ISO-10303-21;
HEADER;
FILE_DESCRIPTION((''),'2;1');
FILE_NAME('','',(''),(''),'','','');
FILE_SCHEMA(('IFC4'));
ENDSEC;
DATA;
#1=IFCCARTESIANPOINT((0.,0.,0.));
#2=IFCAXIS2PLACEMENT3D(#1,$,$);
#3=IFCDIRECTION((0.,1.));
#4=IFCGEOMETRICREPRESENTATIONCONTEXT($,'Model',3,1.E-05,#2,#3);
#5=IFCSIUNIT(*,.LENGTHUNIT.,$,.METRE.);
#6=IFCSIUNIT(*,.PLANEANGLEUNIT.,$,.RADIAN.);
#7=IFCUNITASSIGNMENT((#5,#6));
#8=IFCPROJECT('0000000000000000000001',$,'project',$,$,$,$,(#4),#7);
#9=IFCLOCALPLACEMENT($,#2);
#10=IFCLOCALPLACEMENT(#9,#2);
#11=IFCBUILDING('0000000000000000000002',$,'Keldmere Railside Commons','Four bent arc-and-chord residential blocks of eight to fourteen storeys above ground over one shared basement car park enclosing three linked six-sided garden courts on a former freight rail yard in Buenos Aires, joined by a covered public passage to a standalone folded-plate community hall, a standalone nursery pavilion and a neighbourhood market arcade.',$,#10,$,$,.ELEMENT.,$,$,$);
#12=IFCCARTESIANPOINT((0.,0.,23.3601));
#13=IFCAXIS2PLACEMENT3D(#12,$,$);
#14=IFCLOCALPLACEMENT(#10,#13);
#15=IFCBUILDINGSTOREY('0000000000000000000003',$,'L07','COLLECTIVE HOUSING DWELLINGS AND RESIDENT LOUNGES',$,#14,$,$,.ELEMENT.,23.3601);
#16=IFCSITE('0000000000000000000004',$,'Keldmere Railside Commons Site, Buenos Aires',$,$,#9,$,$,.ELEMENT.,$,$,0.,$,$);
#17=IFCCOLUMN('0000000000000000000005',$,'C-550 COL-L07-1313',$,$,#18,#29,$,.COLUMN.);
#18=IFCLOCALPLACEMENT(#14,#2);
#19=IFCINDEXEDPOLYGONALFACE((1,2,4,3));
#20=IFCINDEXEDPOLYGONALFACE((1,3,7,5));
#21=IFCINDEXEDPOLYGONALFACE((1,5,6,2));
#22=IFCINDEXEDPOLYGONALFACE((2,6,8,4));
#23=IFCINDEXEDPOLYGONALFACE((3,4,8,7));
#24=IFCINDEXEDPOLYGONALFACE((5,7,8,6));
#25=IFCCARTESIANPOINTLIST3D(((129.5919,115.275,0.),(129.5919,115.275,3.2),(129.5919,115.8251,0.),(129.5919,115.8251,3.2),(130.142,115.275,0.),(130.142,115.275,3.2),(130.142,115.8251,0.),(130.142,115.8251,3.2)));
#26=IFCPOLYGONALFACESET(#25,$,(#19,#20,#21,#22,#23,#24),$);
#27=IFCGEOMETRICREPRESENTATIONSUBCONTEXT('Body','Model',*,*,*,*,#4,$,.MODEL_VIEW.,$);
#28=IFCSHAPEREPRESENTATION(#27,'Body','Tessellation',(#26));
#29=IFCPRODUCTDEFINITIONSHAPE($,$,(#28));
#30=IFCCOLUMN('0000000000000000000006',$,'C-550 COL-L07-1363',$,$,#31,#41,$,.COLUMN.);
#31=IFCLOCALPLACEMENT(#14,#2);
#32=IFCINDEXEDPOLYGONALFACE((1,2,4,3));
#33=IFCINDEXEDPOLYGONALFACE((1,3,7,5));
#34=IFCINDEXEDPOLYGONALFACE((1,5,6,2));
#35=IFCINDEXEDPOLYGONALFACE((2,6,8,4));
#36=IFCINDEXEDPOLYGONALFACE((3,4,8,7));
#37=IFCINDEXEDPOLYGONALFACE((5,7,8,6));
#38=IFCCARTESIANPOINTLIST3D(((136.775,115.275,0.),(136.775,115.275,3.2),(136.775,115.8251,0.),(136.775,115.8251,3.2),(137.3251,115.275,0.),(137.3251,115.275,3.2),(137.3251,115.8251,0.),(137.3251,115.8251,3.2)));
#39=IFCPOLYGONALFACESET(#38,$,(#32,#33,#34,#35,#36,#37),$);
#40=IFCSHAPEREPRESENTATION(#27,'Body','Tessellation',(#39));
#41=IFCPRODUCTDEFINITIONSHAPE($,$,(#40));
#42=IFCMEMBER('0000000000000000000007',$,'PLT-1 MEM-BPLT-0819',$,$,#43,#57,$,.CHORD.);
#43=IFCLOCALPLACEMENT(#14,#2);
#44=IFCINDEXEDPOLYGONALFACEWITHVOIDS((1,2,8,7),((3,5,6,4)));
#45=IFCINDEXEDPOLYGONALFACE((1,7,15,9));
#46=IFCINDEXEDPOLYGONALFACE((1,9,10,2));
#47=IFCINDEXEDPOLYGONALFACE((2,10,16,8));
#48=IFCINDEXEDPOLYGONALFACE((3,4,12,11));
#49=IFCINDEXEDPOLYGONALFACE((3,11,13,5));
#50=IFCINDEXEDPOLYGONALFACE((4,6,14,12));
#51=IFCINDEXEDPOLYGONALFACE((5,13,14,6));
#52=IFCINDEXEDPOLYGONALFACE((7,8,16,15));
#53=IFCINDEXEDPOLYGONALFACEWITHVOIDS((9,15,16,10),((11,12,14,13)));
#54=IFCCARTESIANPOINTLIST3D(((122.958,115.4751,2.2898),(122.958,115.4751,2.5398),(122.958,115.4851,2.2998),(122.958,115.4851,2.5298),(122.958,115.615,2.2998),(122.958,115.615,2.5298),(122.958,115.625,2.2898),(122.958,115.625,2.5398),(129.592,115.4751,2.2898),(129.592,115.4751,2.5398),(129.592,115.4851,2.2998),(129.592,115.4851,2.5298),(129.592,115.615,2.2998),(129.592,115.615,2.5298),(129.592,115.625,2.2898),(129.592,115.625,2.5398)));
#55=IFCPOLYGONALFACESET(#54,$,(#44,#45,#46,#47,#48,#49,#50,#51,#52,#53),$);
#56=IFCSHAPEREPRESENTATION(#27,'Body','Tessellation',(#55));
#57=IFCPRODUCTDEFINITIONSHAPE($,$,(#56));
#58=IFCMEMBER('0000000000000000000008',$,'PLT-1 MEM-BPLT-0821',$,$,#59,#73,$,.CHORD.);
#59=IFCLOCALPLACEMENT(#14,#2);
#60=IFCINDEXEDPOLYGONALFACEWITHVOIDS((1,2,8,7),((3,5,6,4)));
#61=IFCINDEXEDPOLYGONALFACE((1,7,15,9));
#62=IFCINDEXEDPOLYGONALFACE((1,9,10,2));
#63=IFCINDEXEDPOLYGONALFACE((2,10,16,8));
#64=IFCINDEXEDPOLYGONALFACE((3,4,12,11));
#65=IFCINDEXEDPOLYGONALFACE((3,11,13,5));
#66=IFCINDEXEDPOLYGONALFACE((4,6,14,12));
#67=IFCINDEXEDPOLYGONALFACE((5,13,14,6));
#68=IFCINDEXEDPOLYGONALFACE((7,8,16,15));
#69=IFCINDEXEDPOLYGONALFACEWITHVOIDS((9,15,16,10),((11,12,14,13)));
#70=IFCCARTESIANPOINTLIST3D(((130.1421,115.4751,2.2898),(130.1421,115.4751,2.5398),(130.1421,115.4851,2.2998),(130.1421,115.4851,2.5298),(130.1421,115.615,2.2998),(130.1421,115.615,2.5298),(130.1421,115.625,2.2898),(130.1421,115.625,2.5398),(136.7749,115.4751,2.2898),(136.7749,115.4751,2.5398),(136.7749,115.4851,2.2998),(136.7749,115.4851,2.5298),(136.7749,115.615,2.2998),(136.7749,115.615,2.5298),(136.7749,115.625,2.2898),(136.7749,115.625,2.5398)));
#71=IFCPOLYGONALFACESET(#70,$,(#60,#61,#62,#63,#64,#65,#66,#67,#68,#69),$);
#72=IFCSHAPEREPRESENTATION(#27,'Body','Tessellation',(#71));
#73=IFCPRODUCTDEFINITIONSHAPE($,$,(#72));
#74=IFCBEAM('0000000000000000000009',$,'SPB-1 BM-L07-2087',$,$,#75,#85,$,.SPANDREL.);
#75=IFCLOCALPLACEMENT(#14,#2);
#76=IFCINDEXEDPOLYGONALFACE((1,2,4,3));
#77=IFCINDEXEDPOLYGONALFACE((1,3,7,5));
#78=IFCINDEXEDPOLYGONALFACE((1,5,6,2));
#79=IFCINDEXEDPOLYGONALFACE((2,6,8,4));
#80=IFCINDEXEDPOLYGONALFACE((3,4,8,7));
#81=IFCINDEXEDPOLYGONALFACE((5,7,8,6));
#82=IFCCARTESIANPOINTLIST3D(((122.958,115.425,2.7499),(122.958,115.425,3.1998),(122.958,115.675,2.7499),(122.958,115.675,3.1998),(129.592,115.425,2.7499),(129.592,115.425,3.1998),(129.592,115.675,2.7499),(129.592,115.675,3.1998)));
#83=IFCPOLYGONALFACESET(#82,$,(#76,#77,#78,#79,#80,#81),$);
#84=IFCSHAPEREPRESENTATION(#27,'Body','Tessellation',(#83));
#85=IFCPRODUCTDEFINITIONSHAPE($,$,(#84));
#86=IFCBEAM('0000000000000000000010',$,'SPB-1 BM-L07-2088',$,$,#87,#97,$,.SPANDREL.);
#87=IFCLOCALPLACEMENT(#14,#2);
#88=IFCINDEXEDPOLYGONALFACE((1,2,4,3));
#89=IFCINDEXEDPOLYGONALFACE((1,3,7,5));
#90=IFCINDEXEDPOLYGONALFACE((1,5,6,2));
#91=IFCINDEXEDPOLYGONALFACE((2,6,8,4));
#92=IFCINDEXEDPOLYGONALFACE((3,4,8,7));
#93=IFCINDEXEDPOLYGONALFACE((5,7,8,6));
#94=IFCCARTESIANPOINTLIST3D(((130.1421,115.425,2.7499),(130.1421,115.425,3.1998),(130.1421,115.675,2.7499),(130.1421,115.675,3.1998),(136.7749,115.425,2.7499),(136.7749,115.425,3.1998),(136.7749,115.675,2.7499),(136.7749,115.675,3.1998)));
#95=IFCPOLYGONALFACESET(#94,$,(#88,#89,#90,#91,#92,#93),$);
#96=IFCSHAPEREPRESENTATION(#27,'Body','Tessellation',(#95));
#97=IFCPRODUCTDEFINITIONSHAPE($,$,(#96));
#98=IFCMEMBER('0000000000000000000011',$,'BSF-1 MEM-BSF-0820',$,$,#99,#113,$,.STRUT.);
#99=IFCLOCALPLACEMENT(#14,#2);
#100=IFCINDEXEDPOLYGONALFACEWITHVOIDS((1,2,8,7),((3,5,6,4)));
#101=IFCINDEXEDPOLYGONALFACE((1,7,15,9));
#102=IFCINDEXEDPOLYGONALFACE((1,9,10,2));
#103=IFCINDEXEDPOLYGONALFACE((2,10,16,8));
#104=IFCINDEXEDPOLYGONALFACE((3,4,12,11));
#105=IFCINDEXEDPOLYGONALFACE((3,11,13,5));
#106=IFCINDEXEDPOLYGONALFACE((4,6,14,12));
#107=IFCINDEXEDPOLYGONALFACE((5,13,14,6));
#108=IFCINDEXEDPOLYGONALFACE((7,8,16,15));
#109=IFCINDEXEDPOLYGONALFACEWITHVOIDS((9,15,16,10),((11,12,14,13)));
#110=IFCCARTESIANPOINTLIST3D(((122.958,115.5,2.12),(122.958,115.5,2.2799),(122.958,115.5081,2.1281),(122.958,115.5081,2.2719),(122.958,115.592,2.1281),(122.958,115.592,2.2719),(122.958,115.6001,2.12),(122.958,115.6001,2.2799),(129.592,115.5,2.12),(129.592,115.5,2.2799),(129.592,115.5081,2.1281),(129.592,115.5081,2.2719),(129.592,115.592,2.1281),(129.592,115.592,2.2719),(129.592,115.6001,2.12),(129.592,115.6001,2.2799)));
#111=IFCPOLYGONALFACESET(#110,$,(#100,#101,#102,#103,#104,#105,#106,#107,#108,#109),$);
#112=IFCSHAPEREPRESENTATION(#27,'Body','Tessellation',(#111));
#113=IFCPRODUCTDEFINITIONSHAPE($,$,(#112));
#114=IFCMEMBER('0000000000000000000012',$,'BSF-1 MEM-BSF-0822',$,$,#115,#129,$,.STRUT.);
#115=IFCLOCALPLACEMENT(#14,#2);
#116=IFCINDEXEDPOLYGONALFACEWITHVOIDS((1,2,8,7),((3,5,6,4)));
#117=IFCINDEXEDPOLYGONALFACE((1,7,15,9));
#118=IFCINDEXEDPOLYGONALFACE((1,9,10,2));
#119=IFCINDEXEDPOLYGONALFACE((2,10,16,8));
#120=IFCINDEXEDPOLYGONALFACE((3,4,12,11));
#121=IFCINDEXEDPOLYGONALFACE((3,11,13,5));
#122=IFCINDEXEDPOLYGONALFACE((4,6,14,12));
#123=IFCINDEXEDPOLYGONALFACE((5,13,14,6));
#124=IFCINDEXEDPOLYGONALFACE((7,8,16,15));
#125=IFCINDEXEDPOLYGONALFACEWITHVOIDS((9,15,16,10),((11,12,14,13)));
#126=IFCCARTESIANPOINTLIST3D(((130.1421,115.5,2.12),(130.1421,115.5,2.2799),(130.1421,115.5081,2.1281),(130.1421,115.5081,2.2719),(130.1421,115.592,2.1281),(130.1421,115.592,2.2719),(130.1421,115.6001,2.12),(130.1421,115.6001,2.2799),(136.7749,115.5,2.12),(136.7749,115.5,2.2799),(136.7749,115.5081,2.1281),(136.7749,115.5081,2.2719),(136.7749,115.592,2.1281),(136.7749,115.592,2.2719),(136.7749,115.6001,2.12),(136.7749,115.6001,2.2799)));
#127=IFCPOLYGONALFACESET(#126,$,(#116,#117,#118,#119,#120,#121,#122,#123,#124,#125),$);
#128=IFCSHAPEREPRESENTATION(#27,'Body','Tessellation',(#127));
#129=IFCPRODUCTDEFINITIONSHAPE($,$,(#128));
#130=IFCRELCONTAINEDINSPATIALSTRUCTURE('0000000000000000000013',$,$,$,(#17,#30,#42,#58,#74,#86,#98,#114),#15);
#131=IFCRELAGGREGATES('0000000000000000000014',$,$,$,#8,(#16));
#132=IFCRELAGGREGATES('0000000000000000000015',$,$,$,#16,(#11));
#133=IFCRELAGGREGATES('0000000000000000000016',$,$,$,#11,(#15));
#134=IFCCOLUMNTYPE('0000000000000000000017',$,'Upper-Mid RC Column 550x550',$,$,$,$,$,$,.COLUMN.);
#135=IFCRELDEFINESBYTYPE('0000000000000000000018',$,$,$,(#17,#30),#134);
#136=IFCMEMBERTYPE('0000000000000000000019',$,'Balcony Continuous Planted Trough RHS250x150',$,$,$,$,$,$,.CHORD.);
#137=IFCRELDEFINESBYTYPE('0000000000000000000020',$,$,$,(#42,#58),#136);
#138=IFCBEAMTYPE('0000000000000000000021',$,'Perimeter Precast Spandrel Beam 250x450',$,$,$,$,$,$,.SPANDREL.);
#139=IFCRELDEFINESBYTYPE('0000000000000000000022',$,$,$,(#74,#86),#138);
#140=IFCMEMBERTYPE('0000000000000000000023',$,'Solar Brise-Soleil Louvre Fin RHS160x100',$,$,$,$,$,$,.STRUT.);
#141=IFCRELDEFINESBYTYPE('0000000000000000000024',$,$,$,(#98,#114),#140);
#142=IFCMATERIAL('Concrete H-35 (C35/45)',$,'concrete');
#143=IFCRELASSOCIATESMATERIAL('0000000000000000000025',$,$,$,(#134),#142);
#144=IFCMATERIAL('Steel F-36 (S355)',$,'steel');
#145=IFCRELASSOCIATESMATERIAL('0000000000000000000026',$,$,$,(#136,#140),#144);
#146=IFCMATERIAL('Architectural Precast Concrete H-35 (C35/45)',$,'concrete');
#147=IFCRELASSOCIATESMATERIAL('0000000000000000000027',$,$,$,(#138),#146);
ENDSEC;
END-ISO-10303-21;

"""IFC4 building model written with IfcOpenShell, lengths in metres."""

from ifc_helpers import new_model, si_unit, direction, frame, origin, origin_2d, place, context, subcontext, project, spatial, rectangle, hollow_rectangle, extrude, material, material_profile, profile_set, type_object, element, save


model = new_model("IFC4")

# Units and contexts
model_context = context("Model", 3, precision=1e-05, world=origin(), true_north=direction((0.0, 1.0)))
body_context = subcontext(model_context, "Body", "Model", "MODEL_VIEW")
ifc_project = project(units=[si_unit("LENGTHUNIT", "METRE"), si_unit("PLANEANGLEUNIT", "RADIAN")], contexts=[model_context])

# Site, building, storey
site_placement = place(None, origin())
site = spatial("IfcSite", under=ifc_project, at=site_placement, Name="Keldmere Railside Commons Site, Buenos Aires", CompositionType="ELEMENT", RefElevation=0.0)
building_placement = place(site_placement, origin())
building = spatial("IfcBuilding", under=site, at=building_placement, Name="Keldmere Railside Commons", Description="Four bent arc-and-chord residential blocks of eight to fourteen storeys above ground over one shared basement car park enclosing three linked six-sided garden courts on a former freight rail yard in Buenos Aires, joined by a covered public passage to a standalone folded-plate community hall, a standalone nursery pavilion and a neighbourhood market arcade.", CompositionType="ELEMENT")
storey_placement = place(building_placement, frame((0.0, 0.0, 23.3601)))
storey = spatial("IfcBuildingStorey", under=building, at=storey_placement, Name="L07", Description="COLLECTIVE HOUSING DWELLINGS AND RESIDENT LOUNGES", CompositionType="ELEMENT", Elevation=23.3601)

# Columns
ifc_material_1 = material(Name="Concrete H-35 (C35/45)", Category="concrete")
ifc_material_profile_1 = material_profile(ifc_material_1, rectangle(XDim=0.55, YDim=0.55, at=origin_2d()), Name="RC-550x550")
ifc_profile_set_1 = profile_set([ifc_material_profile_1], Name="Concrete H-35 (C35/45)")
column_type = type_object("IfcColumnType", Name="Upper-Mid RC Column 550x550", PredefinedType="COLUMN", material=ifc_profile_set_1)
for number, where, z_axis, x_axis, name in (
    (1, (129.8669, 115.55, 0.0), (0.0, 0.0, 1.0), (1.0, 0.0, 0.0), "C-550 COL-L07-1313"),
    (2, (137.05, 115.55, 0.0), (0.0, 0.0, 1.0), (1.0, 0.0, 0.0), "C-550 COL-L07-1363"),
):
    element("IfcColumn", number, at=place(storey_placement, frame(where, z_axis=z_axis, x_axis=x_axis)), inside=storey, type_object=column_type, Name=name, PredefinedType="COLUMN", context=body_context, shape_type="SweptSolid", body=[
        extrude(rectangle(XDim=0.55, YDim=0.55, at=origin_2d()), origin(), (0.0, 0.0, 1.0), 3.2),
    ])

# Members
ifc_material_2 = material(Name="Steel F-36 (S355)", Category="steel")
ifc_material_profile_2 = material_profile(ifc_material_2, hollow_rectangle(XDim=0.1499, YDim=0.25, WallThickness=0.01, at=origin_2d()), Name="RHS-250x150x10")
ifc_profile_set_2 = profile_set([ifc_material_profile_2], Name="Steel F-36 (S355)")
member_type_1 = type_object("IfcMemberType", Name="Balcony Continuous Planted Trough RHS250x150", PredefinedType="CHORD", material=ifc_profile_set_2)
member_1_placement = place(storey_placement, frame((122.958, 115.55, 2.4148), z_axis=(1.0, 0.0, 0.0), x_axis=(0.0, 1.0, 0.0)))
element("IfcMember", 3, at=member_1_placement, inside=storey, type_object=member_type_1, Name="PLT-1 MEM-BPLT-0819", PredefinedType="CHORD", context=body_context, shape_type="SweptSolid", body=[
    extrude(hollow_rectangle(XDim=0.1499, YDim=0.25, WallThickness=0.01, at=origin_2d()), origin(), (0.0, 0.0, 1.0), 6.634),
])
member_2_placement = place(storey_placement, frame((130.1421, 115.55, 2.4148), z_axis=(1.0, 0.0, 0.0), x_axis=(0.0, 1.0, 0.0)))
element("IfcMember", 4, at=member_2_placement, inside=storey, type_object=member_type_1, Name="PLT-1 MEM-BPLT-0821", PredefinedType="CHORD", context=body_context, shape_type="SweptSolid", body=[
    extrude(hollow_rectangle(XDim=0.1499, YDim=0.25, WallThickness=0.01, at=origin_2d()), origin(), (0.0, 0.0, 1.0), 6.6328),
])

# Beams
ifc_material_3 = material(Name="Architectural Precast Concrete H-35 (C35/45)", Category="concrete")
ifc_material_profile_3 = material_profile(ifc_material_3, rectangle(XDim=0.25, YDim=0.45, at=origin_2d()), Name="RC-250x450")
ifc_profile_set_3 = profile_set([ifc_material_profile_3], Name="Architectural Precast Concrete H-35 (C35/45)")
beam_type = type_object("IfcBeamType", Name="Perimeter Precast Spandrel Beam 250x450", PredefinedType="SPANDREL", material=ifc_profile_set_3)
beam_1_placement = place(storey_placement, frame((122.958, 115.55, 2.9749), z_axis=(1.0, 0.0, 0.0), x_axis=(0.0, 1.0, 0.0)))
element("IfcBeam", 5, at=beam_1_placement, inside=storey, type_object=beam_type, Name="SPB-1 BM-L07-2087", PredefinedType="SPANDREL", context=body_context, shape_type="SweptSolid", body=[
    extrude(rectangle(XDim=0.25, YDim=0.45, at=origin_2d()), origin(), (0.0, 0.0, 1.0), 6.634),
])
beam_2_placement = place(storey_placement, frame((130.1421, 115.55, 2.9749), z_axis=(1.0, 0.0, 0.0), x_axis=(0.0, 1.0, 0.0)))
element("IfcBeam", 6, at=beam_2_placement, inside=storey, type_object=beam_type, Name="SPB-1 BM-L07-2088", PredefinedType="SPANDREL", context=body_context, shape_type="SweptSolid", body=[
    extrude(rectangle(XDim=0.25, YDim=0.45, at=origin_2d()), origin(), (0.0, 0.0, 1.0), 6.6328),
])

# Members
ifc_material_profile_4 = material_profile(ifc_material_2, hollow_rectangle(XDim=0.1001, YDim=0.1599, WallThickness=0.0081, at=origin_2d()), Name="RHS-160x100x8")
ifc_profile_set_4 = profile_set([ifc_material_profile_4], Name="Steel F-36 (S355)")
member_type_2 = type_object("IfcMemberType", Name="Solar Brise-Soleil Louvre Fin RHS160x100", PredefinedType="STRUT", material=ifc_profile_set_4)
member_3_placement = place(storey_placement, frame((122.958, 115.55, 2.2), z_axis=(1.0, 0.0, 0.0), x_axis=(0.0, 1.0, 0.0)))
element("IfcMember", 7, at=member_3_placement, inside=storey, type_object=member_type_2, Name="BSF-1 MEM-BSF-0820", PredefinedType="STRUT", context=body_context, shape_type="SweptSolid", body=[
    extrude(hollow_rectangle(XDim=0.1001, YDim=0.1599, WallThickness=0.0081, at=origin_2d()), origin(), (0.0, 0.0, 1.0), 6.634),
])
member_4_placement = place(storey_placement, frame((130.1421, 115.55, 2.2), z_axis=(1.0, 0.0, 0.0), x_axis=(0.0, 1.0, 0.0)))
element("IfcMember", 8, at=member_4_placement, inside=storey, type_object=member_type_2, Name="BSF-1 MEM-BSF-0822", PredefinedType="STRUT", context=body_context, shape_type="SweptSolid", body=[
    extrude(hollow_rectangle(XDim=0.1001, YDim=0.1599, WallThickness=0.0081, at=origin_2d()), origin(), (0.0, 0.0, 1.0), 6.6328),
])

save(model, "model.ifc")
